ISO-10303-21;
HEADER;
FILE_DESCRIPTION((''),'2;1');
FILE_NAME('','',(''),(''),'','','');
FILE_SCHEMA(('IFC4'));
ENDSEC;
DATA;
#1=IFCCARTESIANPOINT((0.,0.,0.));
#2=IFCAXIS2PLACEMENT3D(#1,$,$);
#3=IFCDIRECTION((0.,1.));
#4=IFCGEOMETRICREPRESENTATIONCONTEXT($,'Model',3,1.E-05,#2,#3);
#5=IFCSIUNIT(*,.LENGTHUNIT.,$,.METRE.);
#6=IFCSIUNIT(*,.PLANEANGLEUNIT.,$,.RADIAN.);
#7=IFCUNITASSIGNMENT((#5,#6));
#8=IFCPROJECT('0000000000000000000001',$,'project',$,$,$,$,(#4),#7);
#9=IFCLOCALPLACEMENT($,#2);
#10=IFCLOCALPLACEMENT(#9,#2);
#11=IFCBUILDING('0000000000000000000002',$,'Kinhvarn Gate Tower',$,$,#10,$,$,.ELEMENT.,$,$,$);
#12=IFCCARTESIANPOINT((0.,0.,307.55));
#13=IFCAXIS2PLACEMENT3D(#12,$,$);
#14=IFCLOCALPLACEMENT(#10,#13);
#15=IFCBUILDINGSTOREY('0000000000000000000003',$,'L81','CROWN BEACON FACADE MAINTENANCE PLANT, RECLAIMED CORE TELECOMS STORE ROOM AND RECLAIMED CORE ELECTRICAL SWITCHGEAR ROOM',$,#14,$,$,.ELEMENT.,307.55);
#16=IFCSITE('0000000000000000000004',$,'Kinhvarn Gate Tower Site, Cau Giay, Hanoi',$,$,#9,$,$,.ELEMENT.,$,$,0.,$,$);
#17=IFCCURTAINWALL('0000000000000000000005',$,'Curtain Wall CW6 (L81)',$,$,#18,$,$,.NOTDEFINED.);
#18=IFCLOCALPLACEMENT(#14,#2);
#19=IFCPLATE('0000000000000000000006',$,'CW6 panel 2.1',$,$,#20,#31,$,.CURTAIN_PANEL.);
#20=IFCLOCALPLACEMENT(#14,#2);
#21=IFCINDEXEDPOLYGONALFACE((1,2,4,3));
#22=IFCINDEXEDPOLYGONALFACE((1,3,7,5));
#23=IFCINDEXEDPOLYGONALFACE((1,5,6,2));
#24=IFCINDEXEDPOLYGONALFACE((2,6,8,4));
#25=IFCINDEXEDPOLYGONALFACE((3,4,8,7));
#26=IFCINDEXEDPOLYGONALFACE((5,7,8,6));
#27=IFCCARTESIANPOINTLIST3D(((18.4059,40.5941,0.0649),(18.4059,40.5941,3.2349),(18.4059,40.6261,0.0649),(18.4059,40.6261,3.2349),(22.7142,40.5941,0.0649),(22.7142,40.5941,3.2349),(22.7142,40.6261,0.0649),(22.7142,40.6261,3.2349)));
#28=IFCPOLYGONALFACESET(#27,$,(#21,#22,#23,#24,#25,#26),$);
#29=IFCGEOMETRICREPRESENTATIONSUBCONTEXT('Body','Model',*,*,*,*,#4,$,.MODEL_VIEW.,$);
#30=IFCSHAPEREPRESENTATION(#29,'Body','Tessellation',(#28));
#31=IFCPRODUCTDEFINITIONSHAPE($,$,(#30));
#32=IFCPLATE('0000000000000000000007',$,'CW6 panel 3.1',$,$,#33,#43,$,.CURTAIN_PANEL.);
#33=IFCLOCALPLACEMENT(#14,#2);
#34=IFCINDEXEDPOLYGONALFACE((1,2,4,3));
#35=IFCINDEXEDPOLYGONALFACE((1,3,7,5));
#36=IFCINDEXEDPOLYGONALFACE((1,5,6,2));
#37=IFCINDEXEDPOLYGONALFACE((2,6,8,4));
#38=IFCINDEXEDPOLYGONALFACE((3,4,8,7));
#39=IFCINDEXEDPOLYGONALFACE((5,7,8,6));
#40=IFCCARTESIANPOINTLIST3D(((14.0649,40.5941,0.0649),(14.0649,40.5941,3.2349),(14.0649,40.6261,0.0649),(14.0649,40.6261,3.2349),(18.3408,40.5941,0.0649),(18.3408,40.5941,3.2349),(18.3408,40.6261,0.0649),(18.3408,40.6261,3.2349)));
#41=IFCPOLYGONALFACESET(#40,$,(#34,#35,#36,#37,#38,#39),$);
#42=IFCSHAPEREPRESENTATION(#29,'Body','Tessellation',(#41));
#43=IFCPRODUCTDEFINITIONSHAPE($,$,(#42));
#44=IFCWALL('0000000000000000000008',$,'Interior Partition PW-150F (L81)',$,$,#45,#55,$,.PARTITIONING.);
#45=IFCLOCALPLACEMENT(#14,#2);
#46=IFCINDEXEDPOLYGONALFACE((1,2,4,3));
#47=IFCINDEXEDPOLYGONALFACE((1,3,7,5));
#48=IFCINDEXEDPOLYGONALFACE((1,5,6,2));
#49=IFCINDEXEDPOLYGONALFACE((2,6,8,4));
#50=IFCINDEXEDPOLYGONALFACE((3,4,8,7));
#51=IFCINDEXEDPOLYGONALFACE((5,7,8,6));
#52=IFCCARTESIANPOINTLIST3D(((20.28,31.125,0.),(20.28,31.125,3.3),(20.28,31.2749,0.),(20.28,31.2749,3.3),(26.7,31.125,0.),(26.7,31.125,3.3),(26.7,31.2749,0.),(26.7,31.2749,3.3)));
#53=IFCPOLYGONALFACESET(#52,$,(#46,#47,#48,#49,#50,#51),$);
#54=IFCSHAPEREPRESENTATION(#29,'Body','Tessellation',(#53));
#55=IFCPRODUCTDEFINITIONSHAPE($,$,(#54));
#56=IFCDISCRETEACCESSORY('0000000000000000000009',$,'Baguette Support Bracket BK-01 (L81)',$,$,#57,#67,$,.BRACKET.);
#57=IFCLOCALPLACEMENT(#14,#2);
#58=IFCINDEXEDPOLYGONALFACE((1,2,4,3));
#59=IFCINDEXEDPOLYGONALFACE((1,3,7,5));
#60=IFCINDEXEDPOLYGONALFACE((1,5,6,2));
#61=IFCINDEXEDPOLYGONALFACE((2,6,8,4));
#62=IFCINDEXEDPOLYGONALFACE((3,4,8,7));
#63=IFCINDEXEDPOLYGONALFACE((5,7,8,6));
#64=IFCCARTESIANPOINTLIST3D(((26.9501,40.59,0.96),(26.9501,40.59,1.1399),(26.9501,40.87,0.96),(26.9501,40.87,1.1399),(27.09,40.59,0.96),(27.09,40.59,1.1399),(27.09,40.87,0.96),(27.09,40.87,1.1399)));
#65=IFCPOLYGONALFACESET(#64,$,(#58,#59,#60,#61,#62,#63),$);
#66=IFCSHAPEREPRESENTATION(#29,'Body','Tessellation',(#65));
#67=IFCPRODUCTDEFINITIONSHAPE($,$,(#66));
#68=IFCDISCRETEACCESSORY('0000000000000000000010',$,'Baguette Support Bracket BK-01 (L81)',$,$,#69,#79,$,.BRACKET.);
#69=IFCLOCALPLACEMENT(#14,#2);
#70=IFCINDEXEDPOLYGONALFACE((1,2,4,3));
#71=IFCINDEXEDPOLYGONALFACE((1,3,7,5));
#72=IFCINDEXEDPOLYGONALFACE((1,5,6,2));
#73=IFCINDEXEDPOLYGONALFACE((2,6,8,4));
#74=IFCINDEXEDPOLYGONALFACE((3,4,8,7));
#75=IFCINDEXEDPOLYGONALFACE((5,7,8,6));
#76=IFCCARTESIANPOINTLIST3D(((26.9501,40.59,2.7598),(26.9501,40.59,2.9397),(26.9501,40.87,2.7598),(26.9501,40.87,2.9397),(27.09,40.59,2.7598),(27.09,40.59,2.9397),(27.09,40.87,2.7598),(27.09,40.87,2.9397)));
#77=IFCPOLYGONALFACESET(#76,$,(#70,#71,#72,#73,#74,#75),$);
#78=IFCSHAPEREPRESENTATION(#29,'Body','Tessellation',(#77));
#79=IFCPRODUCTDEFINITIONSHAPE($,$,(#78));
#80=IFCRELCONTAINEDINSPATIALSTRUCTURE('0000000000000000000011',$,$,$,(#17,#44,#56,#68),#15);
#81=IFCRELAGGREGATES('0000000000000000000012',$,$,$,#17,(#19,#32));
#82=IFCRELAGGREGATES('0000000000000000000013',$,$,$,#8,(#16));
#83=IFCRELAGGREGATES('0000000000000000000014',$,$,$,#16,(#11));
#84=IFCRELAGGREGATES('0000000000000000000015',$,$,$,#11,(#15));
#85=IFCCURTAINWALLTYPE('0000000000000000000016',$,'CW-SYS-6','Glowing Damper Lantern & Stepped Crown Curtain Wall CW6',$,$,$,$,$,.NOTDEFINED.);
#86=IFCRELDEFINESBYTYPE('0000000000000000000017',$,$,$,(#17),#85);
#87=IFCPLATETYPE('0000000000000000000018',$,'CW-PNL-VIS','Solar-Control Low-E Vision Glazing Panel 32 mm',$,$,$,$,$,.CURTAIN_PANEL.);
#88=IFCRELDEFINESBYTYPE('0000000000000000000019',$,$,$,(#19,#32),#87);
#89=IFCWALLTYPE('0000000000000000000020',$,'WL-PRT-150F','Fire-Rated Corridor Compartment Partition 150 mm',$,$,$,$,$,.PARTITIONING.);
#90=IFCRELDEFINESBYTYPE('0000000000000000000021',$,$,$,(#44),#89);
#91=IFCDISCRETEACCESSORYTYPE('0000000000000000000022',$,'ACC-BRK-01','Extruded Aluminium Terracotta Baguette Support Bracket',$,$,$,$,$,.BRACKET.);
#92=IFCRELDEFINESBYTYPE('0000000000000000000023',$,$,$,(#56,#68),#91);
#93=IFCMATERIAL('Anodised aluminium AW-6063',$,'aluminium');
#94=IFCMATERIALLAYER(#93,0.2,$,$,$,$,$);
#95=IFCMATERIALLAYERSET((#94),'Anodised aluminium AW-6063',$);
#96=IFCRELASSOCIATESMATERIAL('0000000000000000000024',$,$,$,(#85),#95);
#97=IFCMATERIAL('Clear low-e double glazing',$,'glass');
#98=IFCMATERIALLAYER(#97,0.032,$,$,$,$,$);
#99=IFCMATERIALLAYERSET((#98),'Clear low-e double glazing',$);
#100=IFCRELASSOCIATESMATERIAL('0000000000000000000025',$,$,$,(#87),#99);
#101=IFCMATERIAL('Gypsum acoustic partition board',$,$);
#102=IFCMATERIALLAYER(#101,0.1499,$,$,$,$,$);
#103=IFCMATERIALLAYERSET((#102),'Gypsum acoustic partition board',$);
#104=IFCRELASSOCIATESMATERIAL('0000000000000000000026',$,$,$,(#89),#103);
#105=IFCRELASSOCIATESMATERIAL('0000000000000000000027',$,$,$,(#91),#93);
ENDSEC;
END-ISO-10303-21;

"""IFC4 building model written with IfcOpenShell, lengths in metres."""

from ifc_helpers import new_model, si_unit, direction, frame, frame_2d, origin, origin_2d, place, context, subcontext, project, spatial, rectangle, extrude, material, layer, layer_set, type_object, element, aggregate, save


model = new_model("IFC4")

# Units and contexts
model_context = context("Model", 3, precision=1e-05, world=origin(), true_north=direction((0.0, 1.0)))
body_context = subcontext(model_context, "Body", "Model", "MODEL_VIEW")
ifc_project = project(units=[si_unit("LENGTHUNIT", "METRE"), si_unit("PLANEANGLEUNIT", "RADIAN")], contexts=[model_context])

# Site, building, storey
site_placement = place(None, origin())
site = spatial("IfcSite", under=ifc_project, at=site_placement, Name="Kinhvarn Gate Tower Site, Cau Giay, Hanoi", CompositionType="ELEMENT", RefElevation=0.0)
building_placement = place(site_placement, origin())
building = spatial("IfcBuilding", under=site, at=building_placement, Name="Kinhvarn Gate Tower", CompositionType="ELEMENT")
storey_placement = place(building_placement, frame((0.0, 0.0, 307.55)))
storey = spatial("IfcBuildingStorey", under=building, at=storey_placement, Name="L81", Description="CROWN BEACON FACADE MAINTENANCE PLANT, RECLAIMED CORE TELECOMS STORE ROOM AND RECLAIMED CORE ELECTRICAL SWITCHGEAR ROOM", CompositionType="ELEMENT", Elevation=307.55)

# Curtain wall
ifc_material_1 = material(Name="Anodised aluminium AW-6063", Category="aluminium")
ifc_layer_1 = layer(ifc_material_1, 0.2)
ifc_layer_set_1 = layer_set([ifc_layer_1], Name="Anodised aluminium AW-6063")
curtain_wall_type = type_object("IfcCurtainWallType", Name="CW-SYS-6", Description="Glowing Damper Lantern & Stepped Crown Curtain Wall CW6", PredefinedType="NOTDEFINED", material=ifc_layer_set_1)
curtain_wall_placement = place(storey_placement, origin())
curtain_wall = element("IfcCurtainWall", 1, at=curtain_wall_placement, inside=storey, type_object=curtain_wall_type, Name="Curtain Wall CW6 (L81)", PredefinedType="NOTDEFINED")

# Plates
ifc_material_2 = material(Name="Clear low-e double glazing", Category="glass")
ifc_layer_2 = layer(ifc_material_2, 0.032)
ifc_layer_set_2 = layer_set([ifc_layer_2], Name="Clear low-e double glazing")
plate_type = type_object("IfcPlateType", Name="CW-PNL-VIS", Description="Solar-Control Low-E Vision Glazing Panel 32 mm", PredefinedType="CURTAIN_PANEL", material=ifc_layer_set_2)
plate_1_placement = place(storey_placement, frame((20.5601, 40.6101, 0.0649), z_axis=(0.0, 0.0, 1.0), x_axis=(-1.0, 0.0, 0.0)))
plate_1 = element("IfcPlate", 2, at=plate_1_placement, type_object=plate_type, Name="CW6 panel 2.1", PredefinedType="CURTAIN_PANEL", context=body_context, shape_type="SweptSolid", body=[
    extrude(rectangle(XDim=4.3083, YDim=0.032, at=origin_2d()), origin(), (0.0, 0.0, 1.0), 3.1699),
])
plate_2_placement = place(storey_placement, frame((16.2029, 40.6101, 0.0649), z_axis=(0.0, 0.0, 1.0), x_axis=(-1.0, 0.0, 0.0)))
plate_2 = element("IfcPlate", 3, at=plate_2_placement, type_object=plate_type, Name="CW6 panel 3.1", PredefinedType="CURTAIN_PANEL", context=body_context, shape_type="SweptSolid", body=[
    extrude(rectangle(XDim=4.2759, YDim=0.032, at=origin_2d()), origin(), (0.0, 0.0, 1.0), 3.1699),
])
aggregate(curtain_wall, [plate_1, plate_2])

# Wall
ifc_material_3 = material(Name="Gypsum acoustic partition board")
ifc_layer_3 = layer(ifc_material_3, 0.1499)
ifc_layer_set_3 = layer_set([ifc_layer_3], Name="Gypsum acoustic partition board")
wall_type = type_object("IfcWallType", Name="WL-PRT-150F", Description="Fire-Rated Corridor Compartment Partition 150 mm", PredefinedType="PARTITIONING", material=ifc_layer_set_3)
wall_placement = place(storey_placement, frame((20.28, 31.2, 0.0), z_axis=(0.0, 0.0, 1.0), x_axis=(1.0, 0.0, 0.0)))
element("IfcWall", 4, at=wall_placement, inside=storey, type_object=wall_type, Name="Interior Partition PW-150F (L81)", PredefinedType="PARTITIONING", context=body_context, shape_type="SweptSolid", body=[
    extrude(rectangle(XDim=6.4199, YDim=0.1499, at=frame_2d((3.21, 0.0))), origin(), (0.0, 0.0, 1.0), 3.3),
])

# Discrete accessories
discrete_accessory_type = type_object("IfcDiscreteAccessoryType", Name="ACC-BRK-01", Description="Extruded Aluminium Terracotta Baguette Support Bracket", PredefinedType="BRACKET", material=ifc_material_1)
for number, where, z_axis, x_axis, name in (
    (5, (27.02, 40.73, 0.96), (0.0, 0.0, 1.0), (-1.0, 0.0, 0.0), "Baguette Support Bracket BK-01 (L81)"),
    (6, (27.02, 40.73, 2.7598), (0.0, 0.0, 1.0), (-1.0, 0.0, 0.0), "Baguette Support Bracket BK-01 (L81)"),
):
    element("IfcDiscreteAccessory", number, at=place(storey_placement, frame(where, z_axis=z_axis, x_axis=x_axis)), inside=storey, type_object=discrete_accessory_type, Name=name, PredefinedType="BRACKET", context=body_context, shape_type="SweptSolid", body=[
        extrude(rectangle(XDim=0.1399, YDim=0.28, at=origin_2d()), origin(), (0.0, 0.0, 1.0), 0.1799),
    ])

save(model, "model.ifc")
